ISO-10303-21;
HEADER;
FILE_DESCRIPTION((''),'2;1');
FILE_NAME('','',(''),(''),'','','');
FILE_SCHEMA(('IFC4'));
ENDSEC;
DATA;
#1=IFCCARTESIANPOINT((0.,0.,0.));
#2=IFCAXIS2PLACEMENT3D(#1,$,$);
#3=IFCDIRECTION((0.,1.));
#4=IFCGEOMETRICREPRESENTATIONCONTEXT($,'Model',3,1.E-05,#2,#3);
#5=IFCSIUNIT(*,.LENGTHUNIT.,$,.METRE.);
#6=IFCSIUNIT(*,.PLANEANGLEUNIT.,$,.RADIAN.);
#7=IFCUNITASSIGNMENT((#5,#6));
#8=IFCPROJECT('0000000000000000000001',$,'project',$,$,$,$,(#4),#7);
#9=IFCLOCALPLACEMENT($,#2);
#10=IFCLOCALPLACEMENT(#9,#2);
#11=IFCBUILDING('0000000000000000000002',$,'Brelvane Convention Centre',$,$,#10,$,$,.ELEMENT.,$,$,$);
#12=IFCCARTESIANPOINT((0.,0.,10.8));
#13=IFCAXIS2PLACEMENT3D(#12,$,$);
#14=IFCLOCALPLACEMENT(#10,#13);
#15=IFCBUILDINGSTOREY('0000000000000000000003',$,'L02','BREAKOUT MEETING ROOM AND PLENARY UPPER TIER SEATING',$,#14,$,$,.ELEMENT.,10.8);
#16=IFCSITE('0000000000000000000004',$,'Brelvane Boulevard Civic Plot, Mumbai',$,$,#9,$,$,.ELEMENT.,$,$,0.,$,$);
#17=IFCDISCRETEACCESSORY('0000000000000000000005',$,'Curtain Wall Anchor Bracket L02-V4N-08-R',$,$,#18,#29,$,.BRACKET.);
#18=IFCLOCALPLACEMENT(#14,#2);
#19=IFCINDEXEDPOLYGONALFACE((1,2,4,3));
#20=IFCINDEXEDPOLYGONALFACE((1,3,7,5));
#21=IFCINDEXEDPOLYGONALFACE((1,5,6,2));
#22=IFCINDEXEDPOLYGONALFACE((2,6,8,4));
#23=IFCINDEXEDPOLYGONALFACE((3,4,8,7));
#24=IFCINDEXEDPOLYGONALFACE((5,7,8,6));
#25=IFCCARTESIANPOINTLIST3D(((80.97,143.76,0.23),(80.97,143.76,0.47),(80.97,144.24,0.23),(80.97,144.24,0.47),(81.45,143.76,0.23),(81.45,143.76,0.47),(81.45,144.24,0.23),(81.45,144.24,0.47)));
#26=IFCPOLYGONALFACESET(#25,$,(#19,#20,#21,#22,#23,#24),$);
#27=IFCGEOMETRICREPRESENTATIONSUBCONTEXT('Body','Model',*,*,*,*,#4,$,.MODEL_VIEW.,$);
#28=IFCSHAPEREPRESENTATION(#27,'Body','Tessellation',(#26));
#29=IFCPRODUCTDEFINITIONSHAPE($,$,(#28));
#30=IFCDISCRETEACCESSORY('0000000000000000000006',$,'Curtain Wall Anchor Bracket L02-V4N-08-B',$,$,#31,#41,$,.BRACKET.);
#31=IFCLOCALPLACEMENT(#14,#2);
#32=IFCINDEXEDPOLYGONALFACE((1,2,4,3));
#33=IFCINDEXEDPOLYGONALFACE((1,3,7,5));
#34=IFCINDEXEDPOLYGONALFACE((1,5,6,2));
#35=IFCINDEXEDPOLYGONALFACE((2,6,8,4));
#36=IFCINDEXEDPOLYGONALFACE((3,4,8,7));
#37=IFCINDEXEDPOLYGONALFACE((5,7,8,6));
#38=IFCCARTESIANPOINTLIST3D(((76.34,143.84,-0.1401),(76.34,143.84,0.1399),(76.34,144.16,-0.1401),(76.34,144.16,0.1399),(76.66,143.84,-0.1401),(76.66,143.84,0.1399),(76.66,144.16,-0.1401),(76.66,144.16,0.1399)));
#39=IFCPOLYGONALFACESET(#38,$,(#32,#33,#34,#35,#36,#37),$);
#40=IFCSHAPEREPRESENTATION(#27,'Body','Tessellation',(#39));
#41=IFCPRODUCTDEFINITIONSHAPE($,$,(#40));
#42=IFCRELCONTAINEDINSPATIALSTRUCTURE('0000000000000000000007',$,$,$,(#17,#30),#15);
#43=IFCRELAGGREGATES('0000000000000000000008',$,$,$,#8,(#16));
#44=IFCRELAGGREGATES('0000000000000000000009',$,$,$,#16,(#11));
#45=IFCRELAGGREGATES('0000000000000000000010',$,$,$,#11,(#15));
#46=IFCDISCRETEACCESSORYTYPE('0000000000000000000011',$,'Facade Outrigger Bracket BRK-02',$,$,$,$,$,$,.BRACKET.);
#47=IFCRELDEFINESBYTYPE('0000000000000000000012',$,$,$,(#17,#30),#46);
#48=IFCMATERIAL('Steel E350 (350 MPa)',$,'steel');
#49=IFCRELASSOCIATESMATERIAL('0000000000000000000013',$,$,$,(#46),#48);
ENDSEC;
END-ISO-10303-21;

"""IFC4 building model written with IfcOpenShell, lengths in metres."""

from ifc_helpers import new_model, si_unit, direction, frame, origin, origin_2d, place, context, subcontext, project, spatial, rectangle, extrude, material, type_object, element, save


model = new_model("IFC4")

# Units and contexts
model_context = context("Model", 3, precision=1e-05, world=origin(), true_north=direction((0.0, 1.0)))
body_context = subcontext(model_context, "Body", "Model", "MODEL_VIEW")
ifc_project = project(units=[si_unit("LENGTHUNIT", "METRE"), si_unit("PLANEANGLEUNIT", "RADIAN")], contexts=[model_context])

# Site, building, storey
site_placement = place(None, origin())
site = spatial("IfcSite", under=ifc_project, at=site_placement, Name="Brelvane Boulevard Civic Plot, Mumbai", CompositionType="ELEMENT", RefElevation=0.0)
building_placement = place(site_placement, origin())
building = spatial("IfcBuilding", under=site, at=building_placement, Name="Brelvane Convention Centre", CompositionType="ELEMENT")
storey_placement = place(building_placement, frame((0.0, 0.0, 10.8)))
storey = spatial("IfcBuildingStorey", under=building, at=storey_placement, Name="L02", Description="BREAKOUT MEETING ROOM AND PLENARY UPPER TIER SEATING", CompositionType="ELEMENT", Elevation=10.8)

# Discrete accessories
ifc_material_1 = material(Name="Steel E350 (350 MPa)", Category="steel")
discrete_accessory_type = type_object("IfcDiscreteAccessoryType", Name="Facade Outrigger Bracket BRK-02", PredefinedType="BRACKET", material=ifc_material_1)
discrete_accessory_1_placement = place(storey_placement, frame((81.21, 144.0, 0.23), z_axis=(0.0, 0.0, 1.0), x_axis=(1.0, 0.0, 0.0)))
element("IfcDiscreteAccessory", 1, at=discrete_accessory_1_placement, inside=storey, type_object=discrete_accessory_type, Name="Curtain Wall Anchor Bracket L02-V4N-08-R", PredefinedType="BRACKET", context=body_context, shape_type="SweptSolid", body=[
    extrude(rectangle(XDim=0.48, YDim=0.48, at=origin_2d()), origin(), (0.0, 0.0, 1.0), 0.24),
])
discrete_accessory_2_placement = place(storey_placement, frame((76.5, 144.0, -0.1401), z_axis=(0.0, 0.0, 1.0), x_axis=(1.0, 0.0, 0.0)))
element("IfcDiscreteAccessory", 2, at=discrete_accessory_2_placement, inside=storey, type_object=discrete_accessory_type, Name="Curtain Wall Anchor Bracket L02-V4N-08-B", PredefinedType="BRACKET", context=body_context, shape_type="SweptSolid", body=[
    extrude(rectangle(XDim=0.3201, YDim=0.3201, at=origin_2d()), origin(), (0.0, 0.0, 1.0), 0.28),
])

save(model, "model.ifc")
